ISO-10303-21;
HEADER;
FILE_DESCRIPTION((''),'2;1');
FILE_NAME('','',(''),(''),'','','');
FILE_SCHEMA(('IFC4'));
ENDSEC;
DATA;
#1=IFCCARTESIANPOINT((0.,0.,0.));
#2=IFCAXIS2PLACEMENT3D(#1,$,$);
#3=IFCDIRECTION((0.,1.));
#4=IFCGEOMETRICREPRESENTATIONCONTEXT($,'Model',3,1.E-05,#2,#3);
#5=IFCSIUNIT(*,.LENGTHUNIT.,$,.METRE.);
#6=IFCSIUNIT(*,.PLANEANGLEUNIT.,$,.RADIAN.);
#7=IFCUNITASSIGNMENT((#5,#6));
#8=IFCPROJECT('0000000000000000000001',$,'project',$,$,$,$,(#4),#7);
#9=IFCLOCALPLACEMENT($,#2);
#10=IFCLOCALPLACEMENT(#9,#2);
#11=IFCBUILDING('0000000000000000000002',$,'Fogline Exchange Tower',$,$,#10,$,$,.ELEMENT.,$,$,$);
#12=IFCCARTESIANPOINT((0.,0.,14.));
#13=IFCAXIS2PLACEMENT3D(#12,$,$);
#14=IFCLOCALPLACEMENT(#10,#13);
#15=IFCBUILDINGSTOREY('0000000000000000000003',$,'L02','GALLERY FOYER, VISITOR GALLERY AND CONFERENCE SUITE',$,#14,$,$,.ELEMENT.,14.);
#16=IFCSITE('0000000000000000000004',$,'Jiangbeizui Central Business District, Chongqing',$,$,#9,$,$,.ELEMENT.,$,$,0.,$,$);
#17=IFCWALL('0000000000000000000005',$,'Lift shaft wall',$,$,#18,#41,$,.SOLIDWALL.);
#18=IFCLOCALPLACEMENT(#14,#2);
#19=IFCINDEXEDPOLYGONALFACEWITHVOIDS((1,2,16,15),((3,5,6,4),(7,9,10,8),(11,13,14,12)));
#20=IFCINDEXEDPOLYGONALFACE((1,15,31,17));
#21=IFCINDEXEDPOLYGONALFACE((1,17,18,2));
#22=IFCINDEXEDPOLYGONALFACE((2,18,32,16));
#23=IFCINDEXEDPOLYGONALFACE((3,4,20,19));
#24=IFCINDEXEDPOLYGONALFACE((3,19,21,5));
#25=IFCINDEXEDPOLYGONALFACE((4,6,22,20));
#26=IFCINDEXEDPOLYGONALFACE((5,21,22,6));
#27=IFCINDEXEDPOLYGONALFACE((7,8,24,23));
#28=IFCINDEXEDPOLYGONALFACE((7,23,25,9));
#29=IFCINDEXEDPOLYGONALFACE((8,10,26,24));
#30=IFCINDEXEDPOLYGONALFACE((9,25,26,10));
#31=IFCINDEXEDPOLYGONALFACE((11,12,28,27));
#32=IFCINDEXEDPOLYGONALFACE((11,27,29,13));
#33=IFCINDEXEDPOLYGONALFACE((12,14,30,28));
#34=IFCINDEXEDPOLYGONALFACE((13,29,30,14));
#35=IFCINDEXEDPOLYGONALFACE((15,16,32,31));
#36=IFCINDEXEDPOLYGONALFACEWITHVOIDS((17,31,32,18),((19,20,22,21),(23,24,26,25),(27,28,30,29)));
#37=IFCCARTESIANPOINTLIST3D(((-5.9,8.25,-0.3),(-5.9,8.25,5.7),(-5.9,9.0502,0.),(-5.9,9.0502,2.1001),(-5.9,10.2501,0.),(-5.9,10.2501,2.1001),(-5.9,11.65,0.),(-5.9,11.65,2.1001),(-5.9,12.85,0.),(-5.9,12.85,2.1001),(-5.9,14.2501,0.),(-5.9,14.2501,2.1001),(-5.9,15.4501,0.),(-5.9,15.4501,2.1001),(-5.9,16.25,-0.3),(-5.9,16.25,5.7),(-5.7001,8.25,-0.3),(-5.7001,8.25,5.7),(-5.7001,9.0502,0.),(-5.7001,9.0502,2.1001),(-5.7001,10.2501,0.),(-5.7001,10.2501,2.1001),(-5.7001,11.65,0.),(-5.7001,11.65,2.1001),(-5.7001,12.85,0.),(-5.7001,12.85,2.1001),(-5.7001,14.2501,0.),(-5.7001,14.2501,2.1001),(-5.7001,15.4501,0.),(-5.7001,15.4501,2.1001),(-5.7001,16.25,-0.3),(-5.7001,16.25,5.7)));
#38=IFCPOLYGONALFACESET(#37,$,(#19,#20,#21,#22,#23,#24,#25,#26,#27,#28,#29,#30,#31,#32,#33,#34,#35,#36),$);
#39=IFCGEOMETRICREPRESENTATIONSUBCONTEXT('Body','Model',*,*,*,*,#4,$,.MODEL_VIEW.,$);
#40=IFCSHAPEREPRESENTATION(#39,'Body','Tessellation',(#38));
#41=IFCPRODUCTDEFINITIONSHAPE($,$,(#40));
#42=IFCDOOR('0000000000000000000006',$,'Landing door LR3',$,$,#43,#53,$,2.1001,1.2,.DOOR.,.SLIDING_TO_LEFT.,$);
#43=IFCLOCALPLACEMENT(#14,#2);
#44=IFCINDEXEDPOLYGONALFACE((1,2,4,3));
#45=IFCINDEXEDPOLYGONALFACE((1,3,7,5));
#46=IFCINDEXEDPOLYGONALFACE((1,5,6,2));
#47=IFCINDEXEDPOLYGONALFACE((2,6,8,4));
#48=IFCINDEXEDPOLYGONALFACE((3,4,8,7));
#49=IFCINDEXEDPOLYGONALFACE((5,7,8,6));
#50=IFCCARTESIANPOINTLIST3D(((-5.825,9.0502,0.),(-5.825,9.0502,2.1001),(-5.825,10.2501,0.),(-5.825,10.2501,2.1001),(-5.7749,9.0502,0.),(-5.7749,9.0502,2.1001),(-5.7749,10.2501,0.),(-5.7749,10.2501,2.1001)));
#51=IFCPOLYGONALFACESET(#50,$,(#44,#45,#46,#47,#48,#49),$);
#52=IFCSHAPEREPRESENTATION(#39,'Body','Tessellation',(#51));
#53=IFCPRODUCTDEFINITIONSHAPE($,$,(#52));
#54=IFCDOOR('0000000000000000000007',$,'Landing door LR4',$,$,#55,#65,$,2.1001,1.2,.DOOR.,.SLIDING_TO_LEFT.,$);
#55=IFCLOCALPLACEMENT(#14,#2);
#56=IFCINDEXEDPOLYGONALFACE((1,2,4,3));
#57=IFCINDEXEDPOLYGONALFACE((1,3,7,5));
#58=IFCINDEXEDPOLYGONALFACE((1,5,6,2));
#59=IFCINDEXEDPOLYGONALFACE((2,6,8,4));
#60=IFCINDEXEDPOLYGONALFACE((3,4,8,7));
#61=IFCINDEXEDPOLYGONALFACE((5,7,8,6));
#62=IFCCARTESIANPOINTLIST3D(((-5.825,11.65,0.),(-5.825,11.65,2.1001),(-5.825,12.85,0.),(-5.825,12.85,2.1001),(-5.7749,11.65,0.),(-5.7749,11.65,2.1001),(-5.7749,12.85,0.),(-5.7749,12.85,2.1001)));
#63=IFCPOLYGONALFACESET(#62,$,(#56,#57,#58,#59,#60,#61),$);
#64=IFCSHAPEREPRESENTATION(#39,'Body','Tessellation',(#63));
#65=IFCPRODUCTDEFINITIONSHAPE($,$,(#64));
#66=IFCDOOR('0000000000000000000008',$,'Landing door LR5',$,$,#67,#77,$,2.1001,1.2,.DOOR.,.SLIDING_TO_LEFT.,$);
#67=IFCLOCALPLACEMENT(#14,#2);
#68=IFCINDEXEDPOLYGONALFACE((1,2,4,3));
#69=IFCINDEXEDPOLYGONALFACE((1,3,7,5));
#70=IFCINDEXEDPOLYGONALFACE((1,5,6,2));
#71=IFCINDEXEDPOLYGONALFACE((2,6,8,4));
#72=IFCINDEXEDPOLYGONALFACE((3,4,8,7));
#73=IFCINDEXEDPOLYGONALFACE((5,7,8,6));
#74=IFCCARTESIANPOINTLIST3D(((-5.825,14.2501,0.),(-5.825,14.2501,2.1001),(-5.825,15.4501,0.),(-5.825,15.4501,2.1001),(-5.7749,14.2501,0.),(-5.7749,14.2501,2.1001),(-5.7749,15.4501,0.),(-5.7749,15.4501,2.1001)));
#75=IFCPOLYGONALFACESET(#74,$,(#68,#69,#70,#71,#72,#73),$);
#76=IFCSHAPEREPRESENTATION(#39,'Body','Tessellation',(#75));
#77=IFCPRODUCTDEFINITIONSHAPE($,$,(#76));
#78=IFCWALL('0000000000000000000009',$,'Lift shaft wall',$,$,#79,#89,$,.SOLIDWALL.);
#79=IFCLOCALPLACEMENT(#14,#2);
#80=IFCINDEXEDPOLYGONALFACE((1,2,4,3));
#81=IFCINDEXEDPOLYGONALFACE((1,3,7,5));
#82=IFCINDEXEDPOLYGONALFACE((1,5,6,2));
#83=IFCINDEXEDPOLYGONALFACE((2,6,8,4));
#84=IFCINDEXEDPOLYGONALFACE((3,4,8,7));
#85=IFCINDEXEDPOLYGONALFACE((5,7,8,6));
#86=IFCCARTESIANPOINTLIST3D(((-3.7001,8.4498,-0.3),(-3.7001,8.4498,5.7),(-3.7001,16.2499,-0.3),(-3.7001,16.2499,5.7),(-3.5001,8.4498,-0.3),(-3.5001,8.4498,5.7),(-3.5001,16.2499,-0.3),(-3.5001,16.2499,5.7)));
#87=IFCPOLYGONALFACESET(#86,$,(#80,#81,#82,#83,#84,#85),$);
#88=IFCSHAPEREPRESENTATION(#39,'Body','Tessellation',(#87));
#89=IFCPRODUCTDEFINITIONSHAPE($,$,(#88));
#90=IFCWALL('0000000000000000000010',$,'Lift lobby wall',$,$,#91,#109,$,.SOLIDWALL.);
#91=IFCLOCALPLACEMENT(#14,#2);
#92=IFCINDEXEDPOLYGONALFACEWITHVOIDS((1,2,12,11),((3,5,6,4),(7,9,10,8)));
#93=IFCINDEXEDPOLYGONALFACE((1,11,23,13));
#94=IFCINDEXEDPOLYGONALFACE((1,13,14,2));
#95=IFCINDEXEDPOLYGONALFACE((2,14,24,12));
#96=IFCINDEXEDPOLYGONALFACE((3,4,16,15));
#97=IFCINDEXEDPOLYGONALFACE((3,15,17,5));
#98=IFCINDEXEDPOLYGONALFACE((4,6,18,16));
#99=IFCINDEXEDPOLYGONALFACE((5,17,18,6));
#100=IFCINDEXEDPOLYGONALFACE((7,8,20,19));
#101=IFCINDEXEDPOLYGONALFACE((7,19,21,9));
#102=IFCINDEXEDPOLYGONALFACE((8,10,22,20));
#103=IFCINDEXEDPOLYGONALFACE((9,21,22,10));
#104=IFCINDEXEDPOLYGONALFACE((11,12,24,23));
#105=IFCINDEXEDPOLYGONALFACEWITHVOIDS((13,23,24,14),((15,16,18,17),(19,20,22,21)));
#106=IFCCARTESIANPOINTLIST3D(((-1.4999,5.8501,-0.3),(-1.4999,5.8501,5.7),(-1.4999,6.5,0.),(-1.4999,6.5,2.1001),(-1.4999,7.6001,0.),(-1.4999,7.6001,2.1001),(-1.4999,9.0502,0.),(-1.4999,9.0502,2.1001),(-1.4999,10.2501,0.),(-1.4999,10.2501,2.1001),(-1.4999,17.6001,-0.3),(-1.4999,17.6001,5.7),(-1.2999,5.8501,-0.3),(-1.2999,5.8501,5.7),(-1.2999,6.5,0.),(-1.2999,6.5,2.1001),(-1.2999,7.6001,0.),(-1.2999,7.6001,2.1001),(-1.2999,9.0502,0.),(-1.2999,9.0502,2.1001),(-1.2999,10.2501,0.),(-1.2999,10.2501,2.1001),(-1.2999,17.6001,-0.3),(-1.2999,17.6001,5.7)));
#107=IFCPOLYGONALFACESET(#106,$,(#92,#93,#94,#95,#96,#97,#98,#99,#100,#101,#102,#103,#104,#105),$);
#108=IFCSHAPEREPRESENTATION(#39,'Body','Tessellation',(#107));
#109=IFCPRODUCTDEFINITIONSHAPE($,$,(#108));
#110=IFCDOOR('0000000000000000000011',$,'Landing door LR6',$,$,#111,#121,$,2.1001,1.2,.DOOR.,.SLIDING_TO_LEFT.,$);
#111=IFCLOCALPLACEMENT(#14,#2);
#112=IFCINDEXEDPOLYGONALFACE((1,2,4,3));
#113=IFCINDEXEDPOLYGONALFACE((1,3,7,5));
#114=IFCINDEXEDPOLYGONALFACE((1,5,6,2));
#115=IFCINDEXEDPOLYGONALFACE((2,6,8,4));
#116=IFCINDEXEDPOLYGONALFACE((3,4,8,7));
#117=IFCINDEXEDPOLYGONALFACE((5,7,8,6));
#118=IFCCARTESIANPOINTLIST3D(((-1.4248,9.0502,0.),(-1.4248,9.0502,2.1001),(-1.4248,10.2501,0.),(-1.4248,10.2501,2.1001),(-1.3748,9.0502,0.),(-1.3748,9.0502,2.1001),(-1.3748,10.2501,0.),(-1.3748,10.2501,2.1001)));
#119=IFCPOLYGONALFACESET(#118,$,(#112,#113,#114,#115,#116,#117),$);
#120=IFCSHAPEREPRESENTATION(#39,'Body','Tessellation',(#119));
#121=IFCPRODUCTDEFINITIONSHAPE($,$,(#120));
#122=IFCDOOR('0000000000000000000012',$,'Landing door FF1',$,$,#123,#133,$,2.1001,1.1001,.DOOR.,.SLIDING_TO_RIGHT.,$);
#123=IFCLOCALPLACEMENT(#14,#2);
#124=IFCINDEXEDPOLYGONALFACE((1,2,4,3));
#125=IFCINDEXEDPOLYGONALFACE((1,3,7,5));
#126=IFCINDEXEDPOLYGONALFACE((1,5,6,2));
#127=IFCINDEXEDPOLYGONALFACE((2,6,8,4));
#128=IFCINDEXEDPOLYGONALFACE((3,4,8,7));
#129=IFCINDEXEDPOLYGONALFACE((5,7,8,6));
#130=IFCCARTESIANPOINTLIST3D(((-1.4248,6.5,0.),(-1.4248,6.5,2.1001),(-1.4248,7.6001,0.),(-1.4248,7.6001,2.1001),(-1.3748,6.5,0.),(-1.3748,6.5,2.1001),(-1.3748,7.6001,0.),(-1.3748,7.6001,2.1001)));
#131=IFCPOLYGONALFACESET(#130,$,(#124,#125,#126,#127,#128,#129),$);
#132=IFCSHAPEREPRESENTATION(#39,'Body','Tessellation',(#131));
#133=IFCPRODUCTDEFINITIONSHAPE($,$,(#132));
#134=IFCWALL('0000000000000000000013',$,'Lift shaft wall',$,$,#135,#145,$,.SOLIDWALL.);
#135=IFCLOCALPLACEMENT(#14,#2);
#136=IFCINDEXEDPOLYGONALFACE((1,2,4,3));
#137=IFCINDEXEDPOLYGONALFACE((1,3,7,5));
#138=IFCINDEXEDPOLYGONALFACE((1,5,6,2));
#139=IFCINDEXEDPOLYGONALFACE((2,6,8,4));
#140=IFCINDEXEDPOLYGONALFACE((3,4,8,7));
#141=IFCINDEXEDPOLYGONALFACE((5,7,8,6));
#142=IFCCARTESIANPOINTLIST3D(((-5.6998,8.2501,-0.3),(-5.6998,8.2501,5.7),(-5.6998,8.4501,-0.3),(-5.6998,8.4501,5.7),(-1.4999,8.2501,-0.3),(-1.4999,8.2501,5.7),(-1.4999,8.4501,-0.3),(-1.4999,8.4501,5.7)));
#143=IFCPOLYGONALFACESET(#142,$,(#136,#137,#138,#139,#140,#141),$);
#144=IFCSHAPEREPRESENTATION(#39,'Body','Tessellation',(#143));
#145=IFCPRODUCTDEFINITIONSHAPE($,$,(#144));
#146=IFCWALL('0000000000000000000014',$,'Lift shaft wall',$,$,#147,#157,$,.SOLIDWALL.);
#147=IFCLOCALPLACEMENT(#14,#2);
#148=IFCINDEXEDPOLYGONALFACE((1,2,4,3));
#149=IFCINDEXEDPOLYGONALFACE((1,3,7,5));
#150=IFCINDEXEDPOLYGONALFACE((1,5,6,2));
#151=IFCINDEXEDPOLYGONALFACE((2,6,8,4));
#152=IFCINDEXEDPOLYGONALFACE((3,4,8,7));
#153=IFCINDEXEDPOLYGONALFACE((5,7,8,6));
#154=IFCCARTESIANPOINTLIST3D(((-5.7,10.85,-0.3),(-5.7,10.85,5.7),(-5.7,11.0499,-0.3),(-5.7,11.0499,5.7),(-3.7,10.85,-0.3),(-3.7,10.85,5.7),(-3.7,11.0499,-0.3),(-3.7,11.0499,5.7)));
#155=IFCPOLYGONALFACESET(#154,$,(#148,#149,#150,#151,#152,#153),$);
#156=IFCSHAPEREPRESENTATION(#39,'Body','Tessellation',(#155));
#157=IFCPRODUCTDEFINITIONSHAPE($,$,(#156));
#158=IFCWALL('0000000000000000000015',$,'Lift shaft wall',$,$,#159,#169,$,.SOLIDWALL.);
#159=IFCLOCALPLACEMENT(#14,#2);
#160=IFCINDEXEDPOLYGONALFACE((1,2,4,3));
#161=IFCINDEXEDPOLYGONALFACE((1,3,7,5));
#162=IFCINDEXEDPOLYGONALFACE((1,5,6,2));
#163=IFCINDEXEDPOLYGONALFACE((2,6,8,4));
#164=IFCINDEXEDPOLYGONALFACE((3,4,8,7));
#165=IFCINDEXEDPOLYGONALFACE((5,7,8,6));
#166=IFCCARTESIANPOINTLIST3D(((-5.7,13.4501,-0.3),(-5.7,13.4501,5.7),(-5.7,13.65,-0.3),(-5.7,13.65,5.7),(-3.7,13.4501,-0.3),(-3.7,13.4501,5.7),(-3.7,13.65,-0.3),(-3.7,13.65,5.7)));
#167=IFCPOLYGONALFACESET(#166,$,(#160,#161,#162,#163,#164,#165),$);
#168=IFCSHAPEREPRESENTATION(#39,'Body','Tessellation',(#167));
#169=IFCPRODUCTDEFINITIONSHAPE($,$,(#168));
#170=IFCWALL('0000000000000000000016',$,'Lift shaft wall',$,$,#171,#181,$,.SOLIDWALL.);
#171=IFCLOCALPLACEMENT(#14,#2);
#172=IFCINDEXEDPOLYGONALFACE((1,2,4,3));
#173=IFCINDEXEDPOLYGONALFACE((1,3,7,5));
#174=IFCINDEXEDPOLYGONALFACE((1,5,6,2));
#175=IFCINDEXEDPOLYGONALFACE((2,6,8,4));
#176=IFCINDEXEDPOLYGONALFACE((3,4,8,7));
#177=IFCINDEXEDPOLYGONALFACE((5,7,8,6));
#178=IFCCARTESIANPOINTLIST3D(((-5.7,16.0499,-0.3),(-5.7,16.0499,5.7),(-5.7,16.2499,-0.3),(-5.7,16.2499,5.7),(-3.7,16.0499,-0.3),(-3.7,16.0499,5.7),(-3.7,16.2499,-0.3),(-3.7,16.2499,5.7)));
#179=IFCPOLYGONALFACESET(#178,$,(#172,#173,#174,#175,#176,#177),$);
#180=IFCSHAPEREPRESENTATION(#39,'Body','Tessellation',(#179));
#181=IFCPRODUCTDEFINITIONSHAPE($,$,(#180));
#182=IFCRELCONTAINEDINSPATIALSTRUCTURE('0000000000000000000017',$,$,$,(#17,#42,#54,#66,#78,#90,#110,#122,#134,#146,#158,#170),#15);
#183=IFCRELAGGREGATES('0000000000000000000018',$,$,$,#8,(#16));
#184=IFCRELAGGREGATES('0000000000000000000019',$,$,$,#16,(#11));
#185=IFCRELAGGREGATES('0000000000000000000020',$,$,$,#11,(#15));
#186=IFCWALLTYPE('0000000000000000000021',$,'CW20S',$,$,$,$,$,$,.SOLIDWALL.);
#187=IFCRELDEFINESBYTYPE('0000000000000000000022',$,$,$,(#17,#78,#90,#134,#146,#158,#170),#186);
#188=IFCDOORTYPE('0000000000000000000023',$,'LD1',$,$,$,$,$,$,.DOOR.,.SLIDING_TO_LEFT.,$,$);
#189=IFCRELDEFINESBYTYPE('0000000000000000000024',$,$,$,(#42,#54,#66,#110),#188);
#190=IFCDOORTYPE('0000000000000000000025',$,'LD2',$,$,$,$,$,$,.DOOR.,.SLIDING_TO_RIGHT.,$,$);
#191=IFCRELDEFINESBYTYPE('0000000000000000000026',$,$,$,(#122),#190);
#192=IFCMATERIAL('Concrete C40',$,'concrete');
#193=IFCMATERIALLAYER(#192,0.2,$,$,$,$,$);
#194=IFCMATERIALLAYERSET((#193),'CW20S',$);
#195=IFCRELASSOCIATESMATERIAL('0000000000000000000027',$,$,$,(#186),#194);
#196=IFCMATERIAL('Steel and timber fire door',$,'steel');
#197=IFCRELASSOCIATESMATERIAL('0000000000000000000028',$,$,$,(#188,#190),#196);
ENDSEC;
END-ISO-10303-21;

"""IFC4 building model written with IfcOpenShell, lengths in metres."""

from ifc_helpers import new_model, si_unit, direction, frame, frame_2d, origin, place, context, subcontext, project, spatial, rectangle, extrude, material, layer, layer_set, type_object, element, fill, save


model = new_model("IFC4")

# Units and contexts
model_context = context("Model", 3, precision=1e-05, world=origin(), true_north=direction((0.0, 1.0)))
body_context = subcontext(model_context, "Body", "Model", "MODEL_VIEW")
ifc_project = project(units=[si_unit("LENGTHUNIT", "METRE"), si_unit("PLANEANGLEUNIT", "RADIAN")], contexts=[model_context])

# Site, building, storey
site_placement = place(None, origin())
site = spatial("IfcSite", under=ifc_project, at=site_placement, Name="Jiangbeizui Central Business District, Chongqing", CompositionType="ELEMENT", RefElevation=0.0)
building_placement = place(site_placement, origin())
building = spatial("IfcBuilding", under=site, at=building_placement, Name="Fogline Exchange Tower", CompositionType="ELEMENT")
storey_placement = place(building_placement, frame((0.0, 0.0, 14.0)))
storey = spatial("IfcBuildingStorey", under=building, at=storey_placement, Name="L02", Description="GALLERY FOYER, VISITOR GALLERY AND CONFERENCE SUITE", CompositionType="ELEMENT", Elevation=14.0)

# Shared definitions
ifc_material_1 = material(Name="Steel and timber fire door", Category="steel")

# Shared definitions
ifc_material_2 = material(Name="Concrete C40", Category="concrete")

# Wall, openings, doors
ifc_layer_1 = layer(ifc_material_2, 0.2)
ifc_layer_set_1 = layer_set([ifc_layer_1], Name="CW20S")
wall_type_1 = type_object("IfcWallType", Name="CW20S", PredefinedType="SOLIDWALL", material=ifc_layer_set_1)
wall_1_placement = place(storey_placement, frame((-5.8, 8.25, -0.3), z_axis=(0.0, 0.0, 1.0), x_axis=(0.0, 1.0, 0.0)))
wall_1 = element("IfcWall", 1, at=wall_1_placement, inside=storey, type_object=wall_type_1, Name="Lift shaft wall", PredefinedType="SOLIDWALL", context=body_context, shape_type="SweptSolid", body=[
    extrude(rectangle(XDim=8.0, YDim=0.2, at=frame_2d((4.0, 0.0))), origin(), (0.0, 0.0, 1.0), 6.0),
])
opening_1_placement = place(wall_1_placement, frame((0.8, 0.0, 0.3)))
opening_1 = element("IfcOpeningElement", 2, at=opening_1_placement, cuts=wall_1, PredefinedType="OPENING", context=body_context, shape_type="SweptSolid", body=[
    extrude(rectangle(XDim=1.2, YDim=2.1001, at=frame_2d((0.6001, 1.05))), frame((0.0, 0.1099, 0.0), z_axis=(0.0, -1.0, 0.0), x_axis=(1.0, 0.0, 0.0)), (0.0, 0.0, 1.0), 0.22),
])
opening_2_placement = place(wall_1_placement, frame((3.3999, 0.0, 0.3)))
opening_2 = element("IfcOpeningElement", 3, at=opening_2_placement, cuts=wall_1, PredefinedType="OPENING", context=body_context, shape_type="SweptSolid", body=[
    extrude(rectangle(XDim=1.2, YDim=2.1001, at=frame_2d((0.6001, 1.05))), frame((0.0, 0.1099, 0.0), z_axis=(0.0, -1.0, 0.0), x_axis=(1.0, 0.0, 0.0)), (0.0, 0.0, 1.0), 0.22),
])
opening_3_placement = place(wall_1_placement, frame((6.0, 0.0, 0.3)))
opening_3 = element("IfcOpeningElement", 4, at=opening_3_placement, cuts=wall_1, PredefinedType="OPENING", context=body_context, shape_type="SweptSolid", body=[
    extrude(rectangle(XDim=1.2, YDim=2.1001, at=frame_2d((0.6001, 1.05))), frame((0.0, 0.1099, 0.0), z_axis=(0.0, -1.0, 0.0), x_axis=(1.0, 0.0, 0.0)), (0.0, 0.0, 1.0), 0.22),
])
door_type_1 = type_object("IfcDoorType", Name="LD1", OperationType="SLIDING_TO_LEFT", PredefinedType="DOOR", material=ifc_material_1)
door_1_placement = place(opening_1_placement, origin())
door_1 = element("IfcDoor", 5, at=door_1_placement, inside=storey, type_object=door_type_1, Name="Landing door LR3", OperationType="SLIDING_TO_LEFT", OverallHeight=2.1001, OverallWidth=1.2, PredefinedType="DOOR", context=body_context, shape_type="SweptSolid", body=[
    extrude(rectangle(XDim=1.2, YDim=2.1001, at=frame_2d((0.6001, 1.05))), frame((0.0, 0.0249, 0.0), z_axis=(0.0, -1.0, 0.0), x_axis=(1.0, 0.0, 0.0)), (0.0, 0.0, 1.0), 0.05),
])
fill(opening_1, door_1)
door_2_placement = place(opening_2_placement, origin())
door_2 = element("IfcDoor", 6, at=door_2_placement, inside=storey, type_object=door_type_1, Name="Landing door LR4", OperationType="SLIDING_TO_LEFT", OverallHeight=2.1001, OverallWidth=1.2, PredefinedType="DOOR", context=body_context, shape_type="SweptSolid", body=[
    extrude(rectangle(XDim=1.2, YDim=2.1001, at=frame_2d((0.6001, 1.05))), frame((0.0, 0.0249, 0.0), z_axis=(0.0, -1.0, 0.0), x_axis=(1.0, 0.0, 0.0)), (0.0, 0.0, 1.0), 0.05),
])
fill(opening_2, door_2)
door_3_placement = place(opening_3_placement, origin())
door_3 = element("IfcDoor", 7, at=door_3_placement, inside=storey, type_object=door_type_1, Name="Landing door LR5", OperationType="SLIDING_TO_LEFT", OverallHeight=2.1001, OverallWidth=1.2, PredefinedType="DOOR", context=body_context, shape_type="SweptSolid", body=[
    extrude(rectangle(XDim=1.2, YDim=2.1001, at=frame_2d((0.6001, 1.05))), frame((0.0, 0.0249, 0.0), z_axis=(0.0, -1.0, 0.0), x_axis=(1.0, 0.0, 0.0)), (0.0, 0.0, 1.0), 0.05),
])
fill(opening_3, door_3)

# Wall
wall_2_placement = place(storey_placement, frame((-3.6001, 8.45, -0.3), z_axis=(0.0, 0.0, 1.0), x_axis=(0.0, 1.0, 0.0)))
element("IfcWall", 8, at=wall_2_placement, inside=storey, type_object=wall_type_1, Name="Lift shaft wall", PredefinedType="SOLIDWALL", context=body_context, shape_type="SweptSolid", body=[
    extrude(rectangle(XDim=7.8, YDim=0.2, at=frame_2d((3.8999, 0.0))), origin(), (0.0, 0.0, 1.0), 6.0),
])

# Wall, openings, doors
wall_3_placement = place(storey_placement, frame((-1.3999, 5.8501, -0.3), z_axis=(0.0, 0.0, 1.0), x_axis=(0.0, 1.0, 0.0)))
wall_3 = element("IfcWall", 9, at=wall_3_placement, inside=storey, type_object=wall_type_1, Name="Lift lobby wall", PredefinedType="SOLIDWALL", context=body_context, shape_type="SweptSolid", body=[
    extrude(rectangle(XDim=11.75, YDim=0.2, at=frame_2d((5.875, 0.0))), origin(), (0.0, 0.0, 1.0), 6.0),
])
opening_4_placement = place(wall_3_placement, frame((3.2, 0.0, 0.3)))
opening_4 = element("IfcOpeningElement", 10, at=opening_4_placement, cuts=wall_3, PredefinedType="OPENING", context=body_context, shape_type="SweptSolid", body=[
    extrude(rectangle(XDim=1.2, YDim=2.1001, at=frame_2d((0.6001, 1.05))), frame((0.0, 0.1099, 0.0), z_axis=(0.0, -1.0, 0.0), x_axis=(1.0, 0.0, 0.0)), (0.0, 0.0, 1.0), 0.22),
])
opening_5_placement = place(wall_3_placement, frame((0.6499, 0.0, 0.3)))
opening_5 = element("IfcOpeningElement", 11, at=opening_5_placement, cuts=wall_3, PredefinedType="OPENING", context=body_context, shape_type="SweptSolid", body=[
    extrude(rectangle(XDim=1.1001, YDim=2.1001, at=frame_2d((0.55, 1.05))), frame((0.0, 0.1099, 0.0), z_axis=(0.0, -1.0, 0.0), x_axis=(1.0, 0.0, 0.0)), (0.0, 0.0, 1.0), 0.22),
])
door_4_placement = place(opening_4_placement, origin())
door_4 = element("IfcDoor", 12, at=door_4_placement, inside=storey, type_object=door_type_1, Name="Landing door LR6", OperationType="SLIDING_TO_LEFT", OverallHeight=2.1001, OverallWidth=1.2, PredefinedType="DOOR", context=body_context, shape_type="SweptSolid", body=[
    extrude(rectangle(XDim=1.2, YDim=2.1001, at=frame_2d((0.6001, 1.05))), frame((0.0, 0.0249, 0.0), z_axis=(0.0, -1.0, 0.0), x_axis=(1.0, 0.0, 0.0)), (0.0, 0.0, 1.0), 0.05),
])
fill(opening_4, door_4)
door_type_2 = type_object("IfcDoorType", Name="LD2", OperationType="SLIDING_TO_RIGHT", PredefinedType="DOOR", material=ifc_material_1)
door_5_placement = place(opening_5_placement, origin())
door_5 = element("IfcDoor", 13, at=door_5_placement, inside=storey, type_object=door_type_2, Name="Landing door FF1", OperationType="SLIDING_TO_RIGHT", OverallHeight=2.1001, OverallWidth=1.1001, PredefinedType="DOOR", context=body_context, shape_type="SweptSolid", body=[
    extrude(rectangle(XDim=1.1001, YDim=2.1001, at=frame_2d((0.55, 1.05))), frame((0.0, 0.0249, 0.0), z_axis=(0.0, -1.0, 0.0), x_axis=(1.0, 0.0, 0.0)), (0.0, 0.0, 1.0), 0.05),
])
fill(opening_5, door_5)

# Walls
wall_4_placement = place(storey_placement, frame((-5.7, 8.3501, -0.3), z_axis=(0.0, 0.0, 1.0), x_axis=(1.0, 0.0, 0.0)))
element("IfcWall", 14, at=wall_4_placement, inside=storey, type_object=wall_type_1, Name="Lift shaft wall", PredefinedType="SOLIDWALL", context=body_context, shape_type="SweptSolid", body=[
    extrude(rectangle(XDim=4.2, YDim=0.2, at=frame_2d((2.1001, 0.0))), origin(), (0.0, 0.0, 1.0), 6.0),
])
for number, where, z_axis, x_axis, name in (
    (15, (-5.7, 10.95, -0.3), (0.0, 0.0, 1.0), (1.0, 0.0, 0.0), "Lift shaft wall"),
    (16, (-5.7, 13.55, -0.3), (0.0, 0.0, 1.0), (1.0, 0.0, 0.0), "Lift shaft wall"),
    (17, (-5.7, 16.1499, -0.3), (0.0, 0.0, 1.0), (1.0, 0.0, 0.0), "Lift shaft wall"),
):
    element("IfcWall", number, at=place(storey_placement, frame(where, z_axis=z_axis, x_axis=x_axis)), inside=storey, type_object=wall_type_1, Name=name, PredefinedType="SOLIDWALL", context=body_context, shape_type="SweptSolid", body=[
        extrude(rectangle(XDim=2.0, YDim=0.2, at=frame_2d((1.0, 0.0))), origin(), (0.0, 0.0, 1.0), 6.0),
    ])

save(model, "model.ifc")
